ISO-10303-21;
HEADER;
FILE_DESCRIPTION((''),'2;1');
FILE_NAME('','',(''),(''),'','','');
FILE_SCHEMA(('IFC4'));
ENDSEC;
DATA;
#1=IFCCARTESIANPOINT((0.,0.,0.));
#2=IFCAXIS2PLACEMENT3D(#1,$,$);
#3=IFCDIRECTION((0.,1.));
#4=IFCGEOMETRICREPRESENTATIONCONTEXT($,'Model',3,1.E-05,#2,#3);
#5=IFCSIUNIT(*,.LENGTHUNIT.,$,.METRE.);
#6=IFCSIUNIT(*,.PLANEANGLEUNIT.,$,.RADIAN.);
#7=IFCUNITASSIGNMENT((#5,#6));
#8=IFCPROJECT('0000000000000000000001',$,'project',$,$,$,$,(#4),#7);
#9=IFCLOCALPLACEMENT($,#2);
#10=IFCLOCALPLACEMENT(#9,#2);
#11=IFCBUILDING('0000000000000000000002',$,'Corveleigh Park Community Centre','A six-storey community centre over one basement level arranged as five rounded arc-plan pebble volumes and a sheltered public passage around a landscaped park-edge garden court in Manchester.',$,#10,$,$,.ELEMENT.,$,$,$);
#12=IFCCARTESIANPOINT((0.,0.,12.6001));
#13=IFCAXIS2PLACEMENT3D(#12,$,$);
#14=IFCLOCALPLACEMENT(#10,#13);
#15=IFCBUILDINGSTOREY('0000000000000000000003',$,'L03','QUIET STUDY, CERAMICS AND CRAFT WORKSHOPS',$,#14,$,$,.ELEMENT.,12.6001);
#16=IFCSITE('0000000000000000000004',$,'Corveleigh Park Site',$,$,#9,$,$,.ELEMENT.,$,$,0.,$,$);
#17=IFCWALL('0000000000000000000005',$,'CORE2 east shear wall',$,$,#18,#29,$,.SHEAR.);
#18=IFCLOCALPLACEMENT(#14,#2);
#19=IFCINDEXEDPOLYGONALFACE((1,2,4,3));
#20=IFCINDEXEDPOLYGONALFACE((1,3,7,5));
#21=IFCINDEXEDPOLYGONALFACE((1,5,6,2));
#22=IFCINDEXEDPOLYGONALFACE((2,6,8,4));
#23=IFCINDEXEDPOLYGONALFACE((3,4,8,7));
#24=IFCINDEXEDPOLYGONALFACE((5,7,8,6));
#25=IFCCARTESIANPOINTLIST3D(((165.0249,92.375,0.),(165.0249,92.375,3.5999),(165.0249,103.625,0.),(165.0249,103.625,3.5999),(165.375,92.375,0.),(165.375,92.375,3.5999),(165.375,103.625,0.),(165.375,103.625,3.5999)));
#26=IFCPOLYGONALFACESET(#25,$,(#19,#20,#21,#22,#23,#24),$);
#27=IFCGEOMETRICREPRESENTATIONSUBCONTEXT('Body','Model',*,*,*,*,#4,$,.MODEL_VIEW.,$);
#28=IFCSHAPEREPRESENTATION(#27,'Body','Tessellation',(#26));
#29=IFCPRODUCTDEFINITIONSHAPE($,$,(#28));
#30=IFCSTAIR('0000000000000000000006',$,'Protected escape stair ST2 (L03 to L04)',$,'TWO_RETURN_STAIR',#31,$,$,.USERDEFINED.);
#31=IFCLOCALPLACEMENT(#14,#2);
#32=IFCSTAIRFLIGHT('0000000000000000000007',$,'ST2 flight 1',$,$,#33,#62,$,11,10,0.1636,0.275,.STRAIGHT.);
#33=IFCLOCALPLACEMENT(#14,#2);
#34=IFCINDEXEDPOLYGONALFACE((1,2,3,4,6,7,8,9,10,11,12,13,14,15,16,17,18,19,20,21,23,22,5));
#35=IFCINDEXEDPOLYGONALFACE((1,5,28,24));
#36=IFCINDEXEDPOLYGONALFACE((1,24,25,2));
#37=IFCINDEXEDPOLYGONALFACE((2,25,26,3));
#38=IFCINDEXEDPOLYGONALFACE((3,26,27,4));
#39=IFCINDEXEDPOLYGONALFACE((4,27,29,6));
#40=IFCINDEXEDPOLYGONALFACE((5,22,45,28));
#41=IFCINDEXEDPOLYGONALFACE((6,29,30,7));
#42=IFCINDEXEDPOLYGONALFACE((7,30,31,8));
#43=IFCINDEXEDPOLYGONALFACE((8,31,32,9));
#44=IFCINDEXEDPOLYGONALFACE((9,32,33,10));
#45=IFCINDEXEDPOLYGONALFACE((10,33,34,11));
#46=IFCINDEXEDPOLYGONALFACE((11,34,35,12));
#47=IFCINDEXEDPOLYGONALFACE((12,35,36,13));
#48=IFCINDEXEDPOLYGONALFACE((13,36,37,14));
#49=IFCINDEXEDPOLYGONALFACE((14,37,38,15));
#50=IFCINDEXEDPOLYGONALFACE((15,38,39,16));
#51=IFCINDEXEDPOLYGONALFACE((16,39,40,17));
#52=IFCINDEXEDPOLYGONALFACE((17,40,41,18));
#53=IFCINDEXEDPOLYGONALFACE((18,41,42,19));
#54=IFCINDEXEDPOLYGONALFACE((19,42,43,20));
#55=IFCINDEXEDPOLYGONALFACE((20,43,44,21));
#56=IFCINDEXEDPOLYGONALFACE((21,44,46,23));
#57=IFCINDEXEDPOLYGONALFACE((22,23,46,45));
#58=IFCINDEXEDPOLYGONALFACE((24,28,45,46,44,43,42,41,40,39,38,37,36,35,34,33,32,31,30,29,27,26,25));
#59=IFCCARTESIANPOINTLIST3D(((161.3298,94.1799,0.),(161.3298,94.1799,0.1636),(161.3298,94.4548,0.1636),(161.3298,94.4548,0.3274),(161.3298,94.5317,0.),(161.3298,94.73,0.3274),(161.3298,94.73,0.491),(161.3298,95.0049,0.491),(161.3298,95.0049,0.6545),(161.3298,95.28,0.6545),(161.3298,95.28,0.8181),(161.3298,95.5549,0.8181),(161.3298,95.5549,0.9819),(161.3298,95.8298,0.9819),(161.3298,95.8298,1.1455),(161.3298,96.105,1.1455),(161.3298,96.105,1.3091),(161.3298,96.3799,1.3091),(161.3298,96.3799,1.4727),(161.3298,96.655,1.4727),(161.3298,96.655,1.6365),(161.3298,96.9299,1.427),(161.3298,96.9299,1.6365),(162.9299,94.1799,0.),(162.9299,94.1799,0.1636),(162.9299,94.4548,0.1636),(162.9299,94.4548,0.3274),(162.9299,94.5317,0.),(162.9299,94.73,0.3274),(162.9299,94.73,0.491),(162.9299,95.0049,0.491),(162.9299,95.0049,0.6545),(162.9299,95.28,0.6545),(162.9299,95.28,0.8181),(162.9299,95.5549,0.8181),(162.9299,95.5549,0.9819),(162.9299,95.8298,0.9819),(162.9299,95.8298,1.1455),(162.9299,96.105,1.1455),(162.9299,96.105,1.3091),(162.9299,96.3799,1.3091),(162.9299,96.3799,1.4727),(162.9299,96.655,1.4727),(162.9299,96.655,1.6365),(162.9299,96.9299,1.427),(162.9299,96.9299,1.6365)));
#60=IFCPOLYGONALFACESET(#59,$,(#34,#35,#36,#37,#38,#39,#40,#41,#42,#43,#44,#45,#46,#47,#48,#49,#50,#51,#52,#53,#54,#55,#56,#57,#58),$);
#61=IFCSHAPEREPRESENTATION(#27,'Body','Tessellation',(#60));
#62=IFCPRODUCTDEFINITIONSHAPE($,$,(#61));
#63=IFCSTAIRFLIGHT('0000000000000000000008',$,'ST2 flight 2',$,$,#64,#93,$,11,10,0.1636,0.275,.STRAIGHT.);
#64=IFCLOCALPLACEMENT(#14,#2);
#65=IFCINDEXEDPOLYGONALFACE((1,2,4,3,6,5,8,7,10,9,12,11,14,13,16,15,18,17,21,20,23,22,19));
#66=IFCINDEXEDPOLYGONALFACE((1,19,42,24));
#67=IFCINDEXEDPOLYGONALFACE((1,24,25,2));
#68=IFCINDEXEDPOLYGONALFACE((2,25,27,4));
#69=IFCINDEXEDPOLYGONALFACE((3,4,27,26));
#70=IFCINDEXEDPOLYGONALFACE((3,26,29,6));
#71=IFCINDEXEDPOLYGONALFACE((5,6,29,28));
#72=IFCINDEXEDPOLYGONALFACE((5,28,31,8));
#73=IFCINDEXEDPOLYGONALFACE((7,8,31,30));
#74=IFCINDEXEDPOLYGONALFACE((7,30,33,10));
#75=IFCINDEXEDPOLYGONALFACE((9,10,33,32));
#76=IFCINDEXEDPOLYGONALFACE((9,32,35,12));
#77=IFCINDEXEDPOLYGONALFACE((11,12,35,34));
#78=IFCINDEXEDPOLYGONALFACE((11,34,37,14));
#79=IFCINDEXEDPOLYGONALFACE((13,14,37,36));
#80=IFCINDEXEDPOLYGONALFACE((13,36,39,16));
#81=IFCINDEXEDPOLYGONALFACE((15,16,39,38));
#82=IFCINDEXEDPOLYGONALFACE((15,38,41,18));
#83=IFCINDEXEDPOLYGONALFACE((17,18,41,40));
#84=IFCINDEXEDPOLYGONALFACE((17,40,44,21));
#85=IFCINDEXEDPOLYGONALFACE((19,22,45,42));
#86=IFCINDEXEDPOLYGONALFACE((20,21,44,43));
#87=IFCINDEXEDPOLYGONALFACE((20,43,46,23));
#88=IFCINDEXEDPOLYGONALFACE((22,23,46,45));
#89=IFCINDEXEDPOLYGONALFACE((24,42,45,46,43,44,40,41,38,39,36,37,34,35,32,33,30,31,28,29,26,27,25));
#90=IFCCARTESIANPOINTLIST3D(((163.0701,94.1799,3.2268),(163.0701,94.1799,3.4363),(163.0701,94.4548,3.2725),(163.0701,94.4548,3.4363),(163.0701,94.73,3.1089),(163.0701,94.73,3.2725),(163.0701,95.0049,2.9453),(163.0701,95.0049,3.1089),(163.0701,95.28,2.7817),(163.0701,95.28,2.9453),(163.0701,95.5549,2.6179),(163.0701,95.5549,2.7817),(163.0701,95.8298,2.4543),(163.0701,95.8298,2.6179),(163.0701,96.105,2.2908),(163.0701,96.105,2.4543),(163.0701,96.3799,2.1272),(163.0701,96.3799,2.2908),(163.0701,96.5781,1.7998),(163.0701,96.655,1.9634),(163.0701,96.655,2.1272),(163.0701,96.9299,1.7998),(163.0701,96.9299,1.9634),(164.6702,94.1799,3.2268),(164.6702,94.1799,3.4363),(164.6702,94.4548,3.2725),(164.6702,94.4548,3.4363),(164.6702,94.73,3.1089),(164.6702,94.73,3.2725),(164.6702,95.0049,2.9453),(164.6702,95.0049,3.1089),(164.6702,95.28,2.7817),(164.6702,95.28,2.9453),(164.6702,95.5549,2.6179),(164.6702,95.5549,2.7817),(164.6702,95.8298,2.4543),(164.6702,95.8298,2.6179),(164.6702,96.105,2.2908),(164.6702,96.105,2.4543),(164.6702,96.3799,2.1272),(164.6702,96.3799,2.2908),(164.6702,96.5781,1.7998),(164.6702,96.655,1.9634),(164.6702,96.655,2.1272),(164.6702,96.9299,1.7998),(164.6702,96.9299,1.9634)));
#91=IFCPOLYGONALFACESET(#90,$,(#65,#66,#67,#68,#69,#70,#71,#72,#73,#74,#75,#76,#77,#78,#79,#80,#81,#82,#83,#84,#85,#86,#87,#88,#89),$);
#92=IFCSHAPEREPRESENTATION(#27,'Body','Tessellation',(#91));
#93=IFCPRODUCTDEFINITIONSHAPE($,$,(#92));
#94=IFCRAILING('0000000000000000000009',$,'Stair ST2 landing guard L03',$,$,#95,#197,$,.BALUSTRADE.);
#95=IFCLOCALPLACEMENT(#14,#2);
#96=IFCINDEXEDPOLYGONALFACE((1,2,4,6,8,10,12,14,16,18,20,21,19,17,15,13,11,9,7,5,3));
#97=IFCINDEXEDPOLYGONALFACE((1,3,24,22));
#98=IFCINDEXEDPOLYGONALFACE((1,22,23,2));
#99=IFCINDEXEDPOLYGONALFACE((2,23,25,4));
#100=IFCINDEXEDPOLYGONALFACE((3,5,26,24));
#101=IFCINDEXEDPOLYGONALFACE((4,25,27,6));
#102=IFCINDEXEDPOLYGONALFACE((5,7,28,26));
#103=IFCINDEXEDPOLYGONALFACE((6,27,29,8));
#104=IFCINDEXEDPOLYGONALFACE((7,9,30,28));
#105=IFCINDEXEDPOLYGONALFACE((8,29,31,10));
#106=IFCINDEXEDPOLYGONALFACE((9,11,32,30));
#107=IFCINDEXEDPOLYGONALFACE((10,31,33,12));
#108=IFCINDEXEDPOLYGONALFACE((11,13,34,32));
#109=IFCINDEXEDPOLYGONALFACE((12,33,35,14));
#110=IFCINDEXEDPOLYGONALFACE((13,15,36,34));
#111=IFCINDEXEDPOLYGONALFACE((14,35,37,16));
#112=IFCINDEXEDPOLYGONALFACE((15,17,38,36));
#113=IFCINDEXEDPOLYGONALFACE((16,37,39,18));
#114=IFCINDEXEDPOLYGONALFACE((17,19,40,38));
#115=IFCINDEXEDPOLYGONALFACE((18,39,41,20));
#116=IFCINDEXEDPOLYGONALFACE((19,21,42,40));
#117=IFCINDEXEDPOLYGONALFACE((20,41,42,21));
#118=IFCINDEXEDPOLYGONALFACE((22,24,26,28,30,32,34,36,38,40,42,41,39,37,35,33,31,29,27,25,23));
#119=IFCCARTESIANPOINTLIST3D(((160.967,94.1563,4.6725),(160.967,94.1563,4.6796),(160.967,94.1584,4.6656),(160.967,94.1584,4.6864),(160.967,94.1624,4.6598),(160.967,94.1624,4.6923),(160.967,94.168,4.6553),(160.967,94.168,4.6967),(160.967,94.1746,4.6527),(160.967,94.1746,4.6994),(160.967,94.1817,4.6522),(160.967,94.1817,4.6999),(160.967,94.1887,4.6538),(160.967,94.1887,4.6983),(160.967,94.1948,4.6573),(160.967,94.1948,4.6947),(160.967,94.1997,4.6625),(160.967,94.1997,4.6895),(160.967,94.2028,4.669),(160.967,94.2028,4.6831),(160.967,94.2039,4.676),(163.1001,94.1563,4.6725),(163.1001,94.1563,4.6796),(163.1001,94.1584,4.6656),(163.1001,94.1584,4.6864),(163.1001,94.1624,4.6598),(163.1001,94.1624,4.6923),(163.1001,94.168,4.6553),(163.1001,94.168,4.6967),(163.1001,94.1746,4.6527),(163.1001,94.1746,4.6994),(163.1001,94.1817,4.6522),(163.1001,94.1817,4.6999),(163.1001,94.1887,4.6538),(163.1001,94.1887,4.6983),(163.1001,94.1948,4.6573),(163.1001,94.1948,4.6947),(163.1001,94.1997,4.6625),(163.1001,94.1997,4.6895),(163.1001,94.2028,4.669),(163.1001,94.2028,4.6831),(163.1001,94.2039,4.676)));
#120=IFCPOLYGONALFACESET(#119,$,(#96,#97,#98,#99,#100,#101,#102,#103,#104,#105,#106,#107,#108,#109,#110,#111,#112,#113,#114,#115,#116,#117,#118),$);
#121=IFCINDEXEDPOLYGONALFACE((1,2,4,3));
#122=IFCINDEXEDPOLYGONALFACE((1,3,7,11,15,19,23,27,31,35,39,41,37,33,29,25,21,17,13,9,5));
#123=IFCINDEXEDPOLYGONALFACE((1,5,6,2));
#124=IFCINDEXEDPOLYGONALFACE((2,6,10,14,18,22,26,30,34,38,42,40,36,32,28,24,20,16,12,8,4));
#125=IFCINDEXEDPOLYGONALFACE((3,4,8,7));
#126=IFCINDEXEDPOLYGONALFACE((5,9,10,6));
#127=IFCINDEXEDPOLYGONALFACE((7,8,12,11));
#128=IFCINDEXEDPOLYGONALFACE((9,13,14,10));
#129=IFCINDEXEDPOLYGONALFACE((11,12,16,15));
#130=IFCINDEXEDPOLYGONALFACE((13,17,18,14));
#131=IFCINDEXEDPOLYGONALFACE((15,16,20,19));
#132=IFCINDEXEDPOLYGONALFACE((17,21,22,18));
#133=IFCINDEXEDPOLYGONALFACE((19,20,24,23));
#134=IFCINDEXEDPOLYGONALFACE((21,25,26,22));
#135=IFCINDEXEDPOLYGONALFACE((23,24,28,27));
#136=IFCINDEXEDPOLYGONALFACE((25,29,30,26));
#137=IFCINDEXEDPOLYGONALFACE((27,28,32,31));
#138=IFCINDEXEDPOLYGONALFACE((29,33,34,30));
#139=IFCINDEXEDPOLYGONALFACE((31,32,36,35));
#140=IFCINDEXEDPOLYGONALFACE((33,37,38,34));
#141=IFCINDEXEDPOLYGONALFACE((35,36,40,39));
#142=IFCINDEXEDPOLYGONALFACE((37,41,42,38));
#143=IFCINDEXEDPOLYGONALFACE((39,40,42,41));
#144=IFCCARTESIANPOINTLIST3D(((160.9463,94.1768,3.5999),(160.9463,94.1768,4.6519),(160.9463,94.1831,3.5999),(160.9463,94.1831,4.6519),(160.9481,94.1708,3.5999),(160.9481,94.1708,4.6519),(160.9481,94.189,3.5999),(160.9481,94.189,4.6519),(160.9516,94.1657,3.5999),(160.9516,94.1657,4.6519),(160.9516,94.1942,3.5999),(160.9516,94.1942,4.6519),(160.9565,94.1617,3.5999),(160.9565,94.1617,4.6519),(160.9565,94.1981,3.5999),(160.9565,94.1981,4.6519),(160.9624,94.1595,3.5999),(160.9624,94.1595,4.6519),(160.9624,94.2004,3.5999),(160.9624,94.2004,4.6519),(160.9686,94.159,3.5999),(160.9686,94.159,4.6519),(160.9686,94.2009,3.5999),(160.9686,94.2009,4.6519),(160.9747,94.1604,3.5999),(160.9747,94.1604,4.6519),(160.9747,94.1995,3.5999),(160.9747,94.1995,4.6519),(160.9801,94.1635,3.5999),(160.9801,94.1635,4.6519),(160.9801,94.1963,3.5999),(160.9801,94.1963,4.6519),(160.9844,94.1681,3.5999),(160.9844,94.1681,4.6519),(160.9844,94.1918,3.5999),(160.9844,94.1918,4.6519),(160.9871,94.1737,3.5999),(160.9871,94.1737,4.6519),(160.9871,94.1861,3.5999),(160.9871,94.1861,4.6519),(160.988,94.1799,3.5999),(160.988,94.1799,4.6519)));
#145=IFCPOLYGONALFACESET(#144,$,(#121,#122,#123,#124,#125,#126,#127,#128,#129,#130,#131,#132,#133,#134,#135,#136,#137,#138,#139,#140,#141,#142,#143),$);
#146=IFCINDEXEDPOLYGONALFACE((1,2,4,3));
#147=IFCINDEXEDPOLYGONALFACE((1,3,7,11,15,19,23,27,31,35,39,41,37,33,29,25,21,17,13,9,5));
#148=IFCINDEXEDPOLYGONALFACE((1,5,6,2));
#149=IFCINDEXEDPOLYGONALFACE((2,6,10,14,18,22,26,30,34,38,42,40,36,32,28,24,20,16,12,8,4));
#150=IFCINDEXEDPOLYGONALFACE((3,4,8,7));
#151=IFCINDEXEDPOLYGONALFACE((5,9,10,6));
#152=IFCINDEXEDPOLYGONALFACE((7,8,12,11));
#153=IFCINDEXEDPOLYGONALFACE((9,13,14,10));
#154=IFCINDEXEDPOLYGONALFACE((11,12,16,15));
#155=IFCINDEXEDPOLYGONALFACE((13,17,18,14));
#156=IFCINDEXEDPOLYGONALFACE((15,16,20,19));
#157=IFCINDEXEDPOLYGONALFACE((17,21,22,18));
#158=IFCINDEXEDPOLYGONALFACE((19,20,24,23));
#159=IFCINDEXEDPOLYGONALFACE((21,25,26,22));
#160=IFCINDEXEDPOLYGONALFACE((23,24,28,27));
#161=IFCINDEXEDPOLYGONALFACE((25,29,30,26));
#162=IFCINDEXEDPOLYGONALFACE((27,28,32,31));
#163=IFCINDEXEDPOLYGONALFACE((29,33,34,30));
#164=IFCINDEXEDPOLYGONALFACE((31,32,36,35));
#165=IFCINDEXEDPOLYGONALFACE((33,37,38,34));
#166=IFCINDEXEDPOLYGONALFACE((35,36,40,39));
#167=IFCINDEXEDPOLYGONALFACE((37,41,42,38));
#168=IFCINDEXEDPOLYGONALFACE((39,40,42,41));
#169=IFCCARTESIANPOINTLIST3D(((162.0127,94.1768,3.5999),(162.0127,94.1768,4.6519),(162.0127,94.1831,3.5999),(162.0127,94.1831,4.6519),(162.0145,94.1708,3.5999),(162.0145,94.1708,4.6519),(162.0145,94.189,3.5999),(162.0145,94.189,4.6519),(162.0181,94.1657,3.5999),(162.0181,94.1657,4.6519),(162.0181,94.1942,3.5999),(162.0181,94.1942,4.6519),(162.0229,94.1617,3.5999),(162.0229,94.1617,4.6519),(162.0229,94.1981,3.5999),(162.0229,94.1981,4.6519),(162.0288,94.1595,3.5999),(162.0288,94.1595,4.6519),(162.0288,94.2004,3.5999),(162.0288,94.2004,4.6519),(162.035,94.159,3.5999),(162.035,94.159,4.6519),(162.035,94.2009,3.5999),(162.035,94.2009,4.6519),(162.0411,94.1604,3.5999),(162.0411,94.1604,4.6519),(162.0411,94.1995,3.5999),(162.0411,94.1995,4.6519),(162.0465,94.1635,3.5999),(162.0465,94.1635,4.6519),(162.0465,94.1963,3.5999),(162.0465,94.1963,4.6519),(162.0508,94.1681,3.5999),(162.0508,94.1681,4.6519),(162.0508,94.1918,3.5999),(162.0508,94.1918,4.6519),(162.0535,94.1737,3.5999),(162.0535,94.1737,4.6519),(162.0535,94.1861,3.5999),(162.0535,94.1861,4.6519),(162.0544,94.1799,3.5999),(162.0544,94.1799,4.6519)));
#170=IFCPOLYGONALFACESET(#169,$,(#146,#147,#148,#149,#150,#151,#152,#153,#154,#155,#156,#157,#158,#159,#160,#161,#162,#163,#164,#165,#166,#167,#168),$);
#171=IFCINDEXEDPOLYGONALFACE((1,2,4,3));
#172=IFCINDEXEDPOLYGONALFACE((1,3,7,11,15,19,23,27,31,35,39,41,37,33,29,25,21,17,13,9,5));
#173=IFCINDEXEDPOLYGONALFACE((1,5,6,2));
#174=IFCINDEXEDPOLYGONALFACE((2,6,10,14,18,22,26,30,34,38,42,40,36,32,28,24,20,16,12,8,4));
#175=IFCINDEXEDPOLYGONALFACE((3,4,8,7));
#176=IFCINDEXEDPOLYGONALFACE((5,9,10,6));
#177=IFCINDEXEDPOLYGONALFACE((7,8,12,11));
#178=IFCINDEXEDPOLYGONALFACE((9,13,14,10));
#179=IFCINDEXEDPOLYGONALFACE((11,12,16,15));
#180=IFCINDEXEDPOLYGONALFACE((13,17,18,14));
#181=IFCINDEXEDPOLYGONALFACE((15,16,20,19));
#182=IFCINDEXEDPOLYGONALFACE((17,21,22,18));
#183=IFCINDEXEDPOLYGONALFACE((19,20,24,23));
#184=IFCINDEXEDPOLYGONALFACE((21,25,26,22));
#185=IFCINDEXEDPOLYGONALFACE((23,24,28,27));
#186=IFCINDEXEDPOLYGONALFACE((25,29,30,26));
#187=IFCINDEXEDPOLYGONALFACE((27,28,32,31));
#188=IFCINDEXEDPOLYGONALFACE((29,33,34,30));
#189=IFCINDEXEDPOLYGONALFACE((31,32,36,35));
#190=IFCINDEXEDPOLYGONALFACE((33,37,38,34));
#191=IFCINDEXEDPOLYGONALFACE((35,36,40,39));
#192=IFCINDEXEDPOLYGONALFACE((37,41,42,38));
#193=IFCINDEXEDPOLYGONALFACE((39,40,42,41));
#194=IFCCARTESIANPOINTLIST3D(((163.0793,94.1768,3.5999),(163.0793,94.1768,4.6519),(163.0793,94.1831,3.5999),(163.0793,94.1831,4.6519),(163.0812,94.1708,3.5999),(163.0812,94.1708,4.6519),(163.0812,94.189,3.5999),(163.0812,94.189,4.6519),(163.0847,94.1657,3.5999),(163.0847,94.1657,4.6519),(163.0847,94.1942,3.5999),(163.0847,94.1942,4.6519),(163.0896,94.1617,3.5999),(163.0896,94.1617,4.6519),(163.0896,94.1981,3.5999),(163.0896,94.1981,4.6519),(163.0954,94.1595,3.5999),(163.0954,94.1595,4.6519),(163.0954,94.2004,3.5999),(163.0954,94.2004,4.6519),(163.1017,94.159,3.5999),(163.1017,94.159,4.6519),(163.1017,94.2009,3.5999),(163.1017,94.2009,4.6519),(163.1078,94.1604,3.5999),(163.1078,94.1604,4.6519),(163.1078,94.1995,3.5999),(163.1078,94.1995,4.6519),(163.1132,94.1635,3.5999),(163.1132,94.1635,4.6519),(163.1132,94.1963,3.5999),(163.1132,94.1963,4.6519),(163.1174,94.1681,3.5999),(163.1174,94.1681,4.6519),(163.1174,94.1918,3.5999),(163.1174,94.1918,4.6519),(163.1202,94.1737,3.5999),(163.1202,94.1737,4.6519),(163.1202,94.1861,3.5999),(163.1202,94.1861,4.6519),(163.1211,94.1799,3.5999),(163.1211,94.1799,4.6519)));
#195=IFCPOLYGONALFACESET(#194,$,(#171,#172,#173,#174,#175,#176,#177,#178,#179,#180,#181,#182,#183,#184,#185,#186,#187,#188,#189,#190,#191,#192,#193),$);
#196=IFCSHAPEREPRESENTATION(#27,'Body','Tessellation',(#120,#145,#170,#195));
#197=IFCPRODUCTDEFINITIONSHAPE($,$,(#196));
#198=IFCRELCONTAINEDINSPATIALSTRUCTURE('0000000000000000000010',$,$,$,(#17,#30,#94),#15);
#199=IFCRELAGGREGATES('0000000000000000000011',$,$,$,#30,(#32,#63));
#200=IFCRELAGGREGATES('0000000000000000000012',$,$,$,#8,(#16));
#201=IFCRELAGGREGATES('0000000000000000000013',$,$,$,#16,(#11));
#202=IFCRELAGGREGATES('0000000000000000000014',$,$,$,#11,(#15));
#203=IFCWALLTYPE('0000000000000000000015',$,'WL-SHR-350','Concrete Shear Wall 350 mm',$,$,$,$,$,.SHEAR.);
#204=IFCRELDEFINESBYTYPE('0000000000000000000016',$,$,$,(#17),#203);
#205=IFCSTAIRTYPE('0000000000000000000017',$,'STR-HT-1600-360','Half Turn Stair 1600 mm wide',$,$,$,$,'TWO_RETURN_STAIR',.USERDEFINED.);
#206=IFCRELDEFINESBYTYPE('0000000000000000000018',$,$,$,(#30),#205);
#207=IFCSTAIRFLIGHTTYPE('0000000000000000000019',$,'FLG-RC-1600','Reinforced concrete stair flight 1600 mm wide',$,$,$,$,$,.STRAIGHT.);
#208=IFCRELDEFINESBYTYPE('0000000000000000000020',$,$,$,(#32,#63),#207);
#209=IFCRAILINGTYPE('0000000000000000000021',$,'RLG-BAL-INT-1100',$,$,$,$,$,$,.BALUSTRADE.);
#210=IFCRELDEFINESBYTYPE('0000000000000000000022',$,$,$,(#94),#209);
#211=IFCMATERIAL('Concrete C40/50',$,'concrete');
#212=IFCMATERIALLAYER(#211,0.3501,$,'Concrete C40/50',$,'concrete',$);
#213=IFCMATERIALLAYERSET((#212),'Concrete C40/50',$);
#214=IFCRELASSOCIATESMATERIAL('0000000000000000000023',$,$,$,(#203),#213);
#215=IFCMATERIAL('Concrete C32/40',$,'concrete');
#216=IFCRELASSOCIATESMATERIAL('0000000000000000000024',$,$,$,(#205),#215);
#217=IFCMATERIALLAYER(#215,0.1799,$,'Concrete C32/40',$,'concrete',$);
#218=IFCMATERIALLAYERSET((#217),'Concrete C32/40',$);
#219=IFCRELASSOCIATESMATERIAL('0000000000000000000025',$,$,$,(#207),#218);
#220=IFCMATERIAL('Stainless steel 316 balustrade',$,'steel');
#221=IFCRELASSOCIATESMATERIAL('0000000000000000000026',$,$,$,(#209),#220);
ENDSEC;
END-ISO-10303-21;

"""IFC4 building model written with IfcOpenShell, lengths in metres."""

from ifc_helpers import new_model, si_unit, direction, frame, frame_2d, origin, origin_2d, place, context, subcontext, project, spatial, polyline, rectangle, circle, outline, extrude, material, layer, layer_set, type_object, element, aggregate, save


model = new_model("IFC4")

# Units and contexts
model_context = context("Model", 3, precision=1e-05, world=origin(), true_north=direction((0.0, 1.0)))
body_context = subcontext(model_context, "Body", "Model", "MODEL_VIEW")
ifc_project = project(units=[si_unit("LENGTHUNIT", "METRE"), si_unit("PLANEANGLEUNIT", "RADIAN")], contexts=[model_context])

# Site, building, storey
site_placement = place(None, origin())
site = spatial("IfcSite", under=ifc_project, at=site_placement, Name="Corveleigh Park Site", CompositionType="ELEMENT", RefElevation=0.0)
building_placement = place(site_placement, origin())
building = spatial("IfcBuilding", under=site, at=building_placement, Name="Corveleigh Park Community Centre", Description="A six-storey community centre over one basement level arranged as five rounded arc-plan pebble volumes and a sheltered public passage around a landscaped park-edge garden court in Manchester.", CompositionType="ELEMENT")
storey_placement = place(building_placement, frame((0.0, 0.0, 12.6001)))
storey = spatial("IfcBuildingStorey", under=building, at=storey_placement, Name="L03", Description="QUIET STUDY, CERAMICS AND CRAFT WORKSHOPS", CompositionType="ELEMENT", Elevation=12.6001)

# Shared definitions
ifc_material_1 = material(Name="Concrete C40/50", Category="concrete")

# Wall
ifc_layer_1 = layer(ifc_material_1, 0.3501, Name="Concrete C40/50", Category="concrete")
ifc_layer_set_1 = layer_set([ifc_layer_1], Name="Concrete C40/50")
wall_type_1 = type_object("IfcWallType", Name="WL-SHR-350", Description="Concrete Shear Wall 350 mm", PredefinedType="SHEAR", material=ifc_layer_set_1)
wall_1_placement = place(storey_placement, frame((165.2, 92.375, 0.0), z_axis=(0.0, 0.0, 1.0), x_axis=(0.0, 1.0, 0.0)))
element("IfcWall", 1, at=wall_1_placement, inside=storey, type_object=wall_type_1, Name="CORE2 east shear wall", PredefinedType="SHEAR", context=body_context, shape_type="SweptSolid", body=[
    extrude(rectangle(XDim=11.25, YDim=0.3501, at=frame_2d((5.625, 0.0))), origin(), (0.0, 0.0, 1.0), 3.5999),
])

# Stair, stair flights
ifc_material_2 = material(Name="Concrete C32/40", Category="concrete")
stair_type = type_object("IfcStairType", Name="STR-HT-1600-360", Description="Half Turn Stair 1600 mm wide", ElementType="TWO_RETURN_STAIR", PredefinedType="USERDEFINED", material=ifc_material_2)
stair_placement = place(storey_placement, origin())
stair = element("IfcStair", 2, at=stair_placement, inside=storey, type_object=stair_type, Name="Protected escape stair ST2 (L03 to L04)", ObjectType="TWO_RETURN_STAIR", PredefinedType="USERDEFINED")
ifc_layer_2 = layer(ifc_material_2, 0.1799, Name="Concrete C32/40", Category="concrete")
ifc_layer_set_2 = layer_set([ifc_layer_2], Name="Concrete C32/40")
stair_flight_type = type_object("IfcStairFlightType", Name="FLG-RC-1600", Description="Reinforced concrete stair flight 1600 mm wide", PredefinedType="STRAIGHT", material=ifc_layer_set_2)
stair_flight_1_placement = place(storey_placement, frame((162.1299, 94.1799, 0.0), z_axis=(0.0, 0.0, 1.0), x_axis=(0.0, 1.0, 0.0)))
stair_flight_1 = element("IfcStairFlight", 3, at=stair_flight_1_placement, type_object=stair_flight_type, Name="ST2 flight 1", NumberOfRisers=11, NumberOfTreads=10, PredefinedType="STRAIGHT", RiserHeight=0.1636, TreadLength=0.275, context=body_context, shape_type="SweptSolid", body=[
    extrude(outline(polyline([(0.0, 0.0), (0.0, 0.1636), (0.2749, 0.1636), (0.2749, 0.3274), (0.55, 0.3274), (0.55, 0.491), (0.825, 0.491), (0.825, 0.6545), (1.1001, 0.6545), (1.1001, 0.8181), (1.375, 0.8181), (1.375, 0.9819), (1.6499, 0.9819), (1.6499, 1.1455), (1.925, 1.1455), (1.925, 1.3091), (2.2, 1.3091), (2.2, 1.4727), (2.4751, 1.4727), (2.4751, 1.6365), (2.75, 1.6365), (2.75, 1.8), (2.75, 1.427), (0.3518, 0.0), (0.0, 0.0)])), frame((0.0, 0.8, 0.0), z_axis=(0.0, -1.0, 0.0), x_axis=(1.0, 0.0, 0.0)), (0.0, 0.0, 1.0), 1.6001),
])
stair_flight_2_placement = place(storey_placement, frame((163.8701, 96.9299, 1.7998), z_axis=(0.0, 0.0, 1.0), x_axis=(0.0, -1.0, 0.0)))
stair_flight_2 = element("IfcStairFlight", 4, at=stair_flight_2_placement, type_object=stair_flight_type, Name="ST2 flight 2", NumberOfRisers=11, NumberOfTreads=10, PredefinedType="STRAIGHT", RiserHeight=0.1636, TreadLength=0.275, context=body_context, shape_type="SweptSolid", body=[
    extrude(outline(polyline([(0.0, 0.0), (0.0, 0.1636), (0.2749, 0.1636), (0.2749, 0.3274), (0.55, 0.3274), (0.55, 0.491), (0.825, 0.491), (0.825, 0.6545), (1.1001, 0.6545), (1.1001, 0.8181), (1.375, 0.8181), (1.375, 0.9819), (1.6499, 0.9819), (1.6499, 1.1455), (1.925, 1.1455), (1.925, 1.3091), (2.2, 1.3091), (2.2, 1.4727), (2.4751, 1.4727), (2.4751, 1.6365), (2.75, 1.6365), (2.75, 1.8), (2.75, 1.427), (0.3518, 0.0), (0.0, 0.0)])), frame((0.0, 0.8, 0.0), z_axis=(0.0, -1.0, 0.0), x_axis=(1.0, 0.0, 0.0)), (0.0, 0.0, 1.0), 1.6001),
])
aggregate(stair, [stair_flight_1, stair_flight_2])

# Railing
ifc_material_3 = material(Name="Stainless steel 316 balustrade", Category="steel")
railing_type = type_object("IfcRailingType", Name="RLG-BAL-INT-1100", PredefinedType="BALUSTRADE", material=ifc_material_3)
railing_1_placement = place(storey_placement, frame((160.967, 94.1799, 3.5999)))
element("IfcRailing", 5, at=railing_1_placement, inside=storey, type_object=railing_type, Name="Stair ST2 landing guard L03", PredefinedType="BALUSTRADE", context=body_context, shape_type="SweptSolid", body=[
    extrude(circle(Radius=0.0239, at=origin_2d()), frame((0.0, 0.0, 1.0762), z_axis=(1.0, 0.0, 0.0), x_axis=(0.0, 1.0, 0.0)), (0.0, 0.0, 1.0), 2.1331),
    extrude(circle(Radius=0.021, at=origin_2d()), origin(), (0.0, 0.0, 1.0), 1.052),
    extrude(circle(Radius=0.021, at=origin_2d()), frame((1.0664, 0.0, 0.0)), (0.0, 0.0, 1.0), 1.052),
    extrude(circle(Radius=0.021, at=origin_2d()), frame((2.1331, 0.0, 0.0)), (0.0, 0.0, 1.0), 1.052),
])

save(model, "model.ifc")
